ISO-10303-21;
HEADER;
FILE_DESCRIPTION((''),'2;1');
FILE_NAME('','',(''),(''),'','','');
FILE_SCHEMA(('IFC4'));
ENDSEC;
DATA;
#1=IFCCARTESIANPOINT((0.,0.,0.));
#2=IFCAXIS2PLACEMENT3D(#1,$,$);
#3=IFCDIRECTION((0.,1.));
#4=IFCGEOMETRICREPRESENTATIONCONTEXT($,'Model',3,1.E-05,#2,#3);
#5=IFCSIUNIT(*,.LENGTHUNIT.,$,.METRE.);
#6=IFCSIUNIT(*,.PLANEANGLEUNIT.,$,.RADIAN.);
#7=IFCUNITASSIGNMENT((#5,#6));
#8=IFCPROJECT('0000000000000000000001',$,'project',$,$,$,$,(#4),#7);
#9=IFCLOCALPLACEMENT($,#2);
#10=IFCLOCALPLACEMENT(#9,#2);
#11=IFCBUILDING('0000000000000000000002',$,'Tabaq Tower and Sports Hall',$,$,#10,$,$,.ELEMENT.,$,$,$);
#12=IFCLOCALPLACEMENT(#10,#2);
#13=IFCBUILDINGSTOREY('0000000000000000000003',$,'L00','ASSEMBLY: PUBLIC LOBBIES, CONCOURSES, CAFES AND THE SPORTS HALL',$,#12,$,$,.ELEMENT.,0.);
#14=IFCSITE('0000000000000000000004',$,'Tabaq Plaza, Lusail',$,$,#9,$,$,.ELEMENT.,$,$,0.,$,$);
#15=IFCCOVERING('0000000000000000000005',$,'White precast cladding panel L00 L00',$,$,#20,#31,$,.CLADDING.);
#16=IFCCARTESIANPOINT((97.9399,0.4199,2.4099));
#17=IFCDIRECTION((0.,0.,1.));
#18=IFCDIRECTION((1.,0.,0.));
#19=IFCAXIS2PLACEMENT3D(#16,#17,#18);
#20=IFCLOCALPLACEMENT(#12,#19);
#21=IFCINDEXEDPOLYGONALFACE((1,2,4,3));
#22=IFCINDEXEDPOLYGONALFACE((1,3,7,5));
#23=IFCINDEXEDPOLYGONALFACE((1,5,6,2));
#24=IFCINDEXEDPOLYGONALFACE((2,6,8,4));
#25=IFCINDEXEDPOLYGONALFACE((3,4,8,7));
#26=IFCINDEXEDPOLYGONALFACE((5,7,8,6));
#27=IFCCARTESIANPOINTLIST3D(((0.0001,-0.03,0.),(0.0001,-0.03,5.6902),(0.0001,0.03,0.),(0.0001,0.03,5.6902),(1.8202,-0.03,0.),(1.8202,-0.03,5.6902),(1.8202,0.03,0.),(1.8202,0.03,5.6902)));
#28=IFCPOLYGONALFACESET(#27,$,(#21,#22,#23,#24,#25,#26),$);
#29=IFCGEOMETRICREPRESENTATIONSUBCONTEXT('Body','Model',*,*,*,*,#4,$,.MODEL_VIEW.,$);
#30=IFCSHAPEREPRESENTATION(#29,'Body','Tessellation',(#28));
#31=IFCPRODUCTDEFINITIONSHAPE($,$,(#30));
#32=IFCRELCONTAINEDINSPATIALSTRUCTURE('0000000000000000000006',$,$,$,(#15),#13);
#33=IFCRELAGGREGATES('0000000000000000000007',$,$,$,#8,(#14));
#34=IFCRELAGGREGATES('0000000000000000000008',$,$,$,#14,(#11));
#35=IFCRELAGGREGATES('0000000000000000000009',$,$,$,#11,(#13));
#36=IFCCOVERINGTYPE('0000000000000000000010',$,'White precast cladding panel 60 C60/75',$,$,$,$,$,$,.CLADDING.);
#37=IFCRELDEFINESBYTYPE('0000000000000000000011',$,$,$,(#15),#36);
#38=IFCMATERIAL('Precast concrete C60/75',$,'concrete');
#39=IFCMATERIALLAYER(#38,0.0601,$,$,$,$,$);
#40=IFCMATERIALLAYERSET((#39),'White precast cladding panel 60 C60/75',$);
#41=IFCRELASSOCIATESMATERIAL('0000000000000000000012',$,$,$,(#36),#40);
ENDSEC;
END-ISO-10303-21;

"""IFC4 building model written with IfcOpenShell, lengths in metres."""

from ifc_helpers import new_model, si_unit, direction, frame, frame_2d, origin, place, context, subcontext, project, spatial, rectangle, extrude, material, layer, layer_set, type_object, element, save


model = new_model("IFC4")

# Units and contexts
model_context = context("Model", 3, precision=1e-05, world=origin(), true_north=direction((0.0, 1.0)))
body_context = subcontext(model_context, "Body", "Model", "MODEL_VIEW")
ifc_project = project(units=[si_unit("LENGTHUNIT", "METRE"), si_unit("PLANEANGLEUNIT", "RADIAN")], contexts=[model_context])

# Site, building, storey
site_placement = place(None, origin())
site = spatial("IfcSite", under=ifc_project, at=site_placement, Name="Tabaq Plaza, Lusail", CompositionType="ELEMENT", RefElevation=0.0)
building_placement = place(site_placement, origin())
building = spatial("IfcBuilding", under=site, at=building_placement, Name="Tabaq Tower and Sports Hall", CompositionType="ELEMENT")
storey_placement = place(building_placement, origin())
storey = spatial("IfcBuildingStorey", under=building, at=storey_placement, Name="L00", Description="ASSEMBLY: PUBLIC LOBBIES, CONCOURSES, CAFES AND THE SPORTS HALL", CompositionType="ELEMENT", Elevation=0.0)

# Covering
ifc_material_1 = material(Name="Precast concrete C60/75", Category="concrete")
ifc_layer_1 = layer(ifc_material_1, 0.0601)
ifc_layer_set_1 = layer_set([ifc_layer_1], Name="White precast cladding panel 60 C60/75")
covering_type = type_object("IfcCoveringType", Name="White precast cladding panel 60 C60/75", PredefinedType="CLADDING", material=ifc_layer_set_1)
covering_1_placement = place(storey_placement, frame((97.9399, 0.4199, 2.4099), z_axis=(0.0, 0.0, 1.0), x_axis=(1.0, 0.0, 0.0)))
element("IfcCovering", 1, at=covering_1_placement, inside=storey, type_object=covering_type, Name="White precast cladding panel L00 L00", PredefinedType="CLADDING", context=body_context, shape_type="SweptSolid", body=[
    extrude(rectangle(XDim=1.8201, YDim=0.0601, at=frame_2d((0.9102, 0.0))), origin(), (0.0, 0.0, 1.0), 5.6902),
])

save(model, "model.ifc")
